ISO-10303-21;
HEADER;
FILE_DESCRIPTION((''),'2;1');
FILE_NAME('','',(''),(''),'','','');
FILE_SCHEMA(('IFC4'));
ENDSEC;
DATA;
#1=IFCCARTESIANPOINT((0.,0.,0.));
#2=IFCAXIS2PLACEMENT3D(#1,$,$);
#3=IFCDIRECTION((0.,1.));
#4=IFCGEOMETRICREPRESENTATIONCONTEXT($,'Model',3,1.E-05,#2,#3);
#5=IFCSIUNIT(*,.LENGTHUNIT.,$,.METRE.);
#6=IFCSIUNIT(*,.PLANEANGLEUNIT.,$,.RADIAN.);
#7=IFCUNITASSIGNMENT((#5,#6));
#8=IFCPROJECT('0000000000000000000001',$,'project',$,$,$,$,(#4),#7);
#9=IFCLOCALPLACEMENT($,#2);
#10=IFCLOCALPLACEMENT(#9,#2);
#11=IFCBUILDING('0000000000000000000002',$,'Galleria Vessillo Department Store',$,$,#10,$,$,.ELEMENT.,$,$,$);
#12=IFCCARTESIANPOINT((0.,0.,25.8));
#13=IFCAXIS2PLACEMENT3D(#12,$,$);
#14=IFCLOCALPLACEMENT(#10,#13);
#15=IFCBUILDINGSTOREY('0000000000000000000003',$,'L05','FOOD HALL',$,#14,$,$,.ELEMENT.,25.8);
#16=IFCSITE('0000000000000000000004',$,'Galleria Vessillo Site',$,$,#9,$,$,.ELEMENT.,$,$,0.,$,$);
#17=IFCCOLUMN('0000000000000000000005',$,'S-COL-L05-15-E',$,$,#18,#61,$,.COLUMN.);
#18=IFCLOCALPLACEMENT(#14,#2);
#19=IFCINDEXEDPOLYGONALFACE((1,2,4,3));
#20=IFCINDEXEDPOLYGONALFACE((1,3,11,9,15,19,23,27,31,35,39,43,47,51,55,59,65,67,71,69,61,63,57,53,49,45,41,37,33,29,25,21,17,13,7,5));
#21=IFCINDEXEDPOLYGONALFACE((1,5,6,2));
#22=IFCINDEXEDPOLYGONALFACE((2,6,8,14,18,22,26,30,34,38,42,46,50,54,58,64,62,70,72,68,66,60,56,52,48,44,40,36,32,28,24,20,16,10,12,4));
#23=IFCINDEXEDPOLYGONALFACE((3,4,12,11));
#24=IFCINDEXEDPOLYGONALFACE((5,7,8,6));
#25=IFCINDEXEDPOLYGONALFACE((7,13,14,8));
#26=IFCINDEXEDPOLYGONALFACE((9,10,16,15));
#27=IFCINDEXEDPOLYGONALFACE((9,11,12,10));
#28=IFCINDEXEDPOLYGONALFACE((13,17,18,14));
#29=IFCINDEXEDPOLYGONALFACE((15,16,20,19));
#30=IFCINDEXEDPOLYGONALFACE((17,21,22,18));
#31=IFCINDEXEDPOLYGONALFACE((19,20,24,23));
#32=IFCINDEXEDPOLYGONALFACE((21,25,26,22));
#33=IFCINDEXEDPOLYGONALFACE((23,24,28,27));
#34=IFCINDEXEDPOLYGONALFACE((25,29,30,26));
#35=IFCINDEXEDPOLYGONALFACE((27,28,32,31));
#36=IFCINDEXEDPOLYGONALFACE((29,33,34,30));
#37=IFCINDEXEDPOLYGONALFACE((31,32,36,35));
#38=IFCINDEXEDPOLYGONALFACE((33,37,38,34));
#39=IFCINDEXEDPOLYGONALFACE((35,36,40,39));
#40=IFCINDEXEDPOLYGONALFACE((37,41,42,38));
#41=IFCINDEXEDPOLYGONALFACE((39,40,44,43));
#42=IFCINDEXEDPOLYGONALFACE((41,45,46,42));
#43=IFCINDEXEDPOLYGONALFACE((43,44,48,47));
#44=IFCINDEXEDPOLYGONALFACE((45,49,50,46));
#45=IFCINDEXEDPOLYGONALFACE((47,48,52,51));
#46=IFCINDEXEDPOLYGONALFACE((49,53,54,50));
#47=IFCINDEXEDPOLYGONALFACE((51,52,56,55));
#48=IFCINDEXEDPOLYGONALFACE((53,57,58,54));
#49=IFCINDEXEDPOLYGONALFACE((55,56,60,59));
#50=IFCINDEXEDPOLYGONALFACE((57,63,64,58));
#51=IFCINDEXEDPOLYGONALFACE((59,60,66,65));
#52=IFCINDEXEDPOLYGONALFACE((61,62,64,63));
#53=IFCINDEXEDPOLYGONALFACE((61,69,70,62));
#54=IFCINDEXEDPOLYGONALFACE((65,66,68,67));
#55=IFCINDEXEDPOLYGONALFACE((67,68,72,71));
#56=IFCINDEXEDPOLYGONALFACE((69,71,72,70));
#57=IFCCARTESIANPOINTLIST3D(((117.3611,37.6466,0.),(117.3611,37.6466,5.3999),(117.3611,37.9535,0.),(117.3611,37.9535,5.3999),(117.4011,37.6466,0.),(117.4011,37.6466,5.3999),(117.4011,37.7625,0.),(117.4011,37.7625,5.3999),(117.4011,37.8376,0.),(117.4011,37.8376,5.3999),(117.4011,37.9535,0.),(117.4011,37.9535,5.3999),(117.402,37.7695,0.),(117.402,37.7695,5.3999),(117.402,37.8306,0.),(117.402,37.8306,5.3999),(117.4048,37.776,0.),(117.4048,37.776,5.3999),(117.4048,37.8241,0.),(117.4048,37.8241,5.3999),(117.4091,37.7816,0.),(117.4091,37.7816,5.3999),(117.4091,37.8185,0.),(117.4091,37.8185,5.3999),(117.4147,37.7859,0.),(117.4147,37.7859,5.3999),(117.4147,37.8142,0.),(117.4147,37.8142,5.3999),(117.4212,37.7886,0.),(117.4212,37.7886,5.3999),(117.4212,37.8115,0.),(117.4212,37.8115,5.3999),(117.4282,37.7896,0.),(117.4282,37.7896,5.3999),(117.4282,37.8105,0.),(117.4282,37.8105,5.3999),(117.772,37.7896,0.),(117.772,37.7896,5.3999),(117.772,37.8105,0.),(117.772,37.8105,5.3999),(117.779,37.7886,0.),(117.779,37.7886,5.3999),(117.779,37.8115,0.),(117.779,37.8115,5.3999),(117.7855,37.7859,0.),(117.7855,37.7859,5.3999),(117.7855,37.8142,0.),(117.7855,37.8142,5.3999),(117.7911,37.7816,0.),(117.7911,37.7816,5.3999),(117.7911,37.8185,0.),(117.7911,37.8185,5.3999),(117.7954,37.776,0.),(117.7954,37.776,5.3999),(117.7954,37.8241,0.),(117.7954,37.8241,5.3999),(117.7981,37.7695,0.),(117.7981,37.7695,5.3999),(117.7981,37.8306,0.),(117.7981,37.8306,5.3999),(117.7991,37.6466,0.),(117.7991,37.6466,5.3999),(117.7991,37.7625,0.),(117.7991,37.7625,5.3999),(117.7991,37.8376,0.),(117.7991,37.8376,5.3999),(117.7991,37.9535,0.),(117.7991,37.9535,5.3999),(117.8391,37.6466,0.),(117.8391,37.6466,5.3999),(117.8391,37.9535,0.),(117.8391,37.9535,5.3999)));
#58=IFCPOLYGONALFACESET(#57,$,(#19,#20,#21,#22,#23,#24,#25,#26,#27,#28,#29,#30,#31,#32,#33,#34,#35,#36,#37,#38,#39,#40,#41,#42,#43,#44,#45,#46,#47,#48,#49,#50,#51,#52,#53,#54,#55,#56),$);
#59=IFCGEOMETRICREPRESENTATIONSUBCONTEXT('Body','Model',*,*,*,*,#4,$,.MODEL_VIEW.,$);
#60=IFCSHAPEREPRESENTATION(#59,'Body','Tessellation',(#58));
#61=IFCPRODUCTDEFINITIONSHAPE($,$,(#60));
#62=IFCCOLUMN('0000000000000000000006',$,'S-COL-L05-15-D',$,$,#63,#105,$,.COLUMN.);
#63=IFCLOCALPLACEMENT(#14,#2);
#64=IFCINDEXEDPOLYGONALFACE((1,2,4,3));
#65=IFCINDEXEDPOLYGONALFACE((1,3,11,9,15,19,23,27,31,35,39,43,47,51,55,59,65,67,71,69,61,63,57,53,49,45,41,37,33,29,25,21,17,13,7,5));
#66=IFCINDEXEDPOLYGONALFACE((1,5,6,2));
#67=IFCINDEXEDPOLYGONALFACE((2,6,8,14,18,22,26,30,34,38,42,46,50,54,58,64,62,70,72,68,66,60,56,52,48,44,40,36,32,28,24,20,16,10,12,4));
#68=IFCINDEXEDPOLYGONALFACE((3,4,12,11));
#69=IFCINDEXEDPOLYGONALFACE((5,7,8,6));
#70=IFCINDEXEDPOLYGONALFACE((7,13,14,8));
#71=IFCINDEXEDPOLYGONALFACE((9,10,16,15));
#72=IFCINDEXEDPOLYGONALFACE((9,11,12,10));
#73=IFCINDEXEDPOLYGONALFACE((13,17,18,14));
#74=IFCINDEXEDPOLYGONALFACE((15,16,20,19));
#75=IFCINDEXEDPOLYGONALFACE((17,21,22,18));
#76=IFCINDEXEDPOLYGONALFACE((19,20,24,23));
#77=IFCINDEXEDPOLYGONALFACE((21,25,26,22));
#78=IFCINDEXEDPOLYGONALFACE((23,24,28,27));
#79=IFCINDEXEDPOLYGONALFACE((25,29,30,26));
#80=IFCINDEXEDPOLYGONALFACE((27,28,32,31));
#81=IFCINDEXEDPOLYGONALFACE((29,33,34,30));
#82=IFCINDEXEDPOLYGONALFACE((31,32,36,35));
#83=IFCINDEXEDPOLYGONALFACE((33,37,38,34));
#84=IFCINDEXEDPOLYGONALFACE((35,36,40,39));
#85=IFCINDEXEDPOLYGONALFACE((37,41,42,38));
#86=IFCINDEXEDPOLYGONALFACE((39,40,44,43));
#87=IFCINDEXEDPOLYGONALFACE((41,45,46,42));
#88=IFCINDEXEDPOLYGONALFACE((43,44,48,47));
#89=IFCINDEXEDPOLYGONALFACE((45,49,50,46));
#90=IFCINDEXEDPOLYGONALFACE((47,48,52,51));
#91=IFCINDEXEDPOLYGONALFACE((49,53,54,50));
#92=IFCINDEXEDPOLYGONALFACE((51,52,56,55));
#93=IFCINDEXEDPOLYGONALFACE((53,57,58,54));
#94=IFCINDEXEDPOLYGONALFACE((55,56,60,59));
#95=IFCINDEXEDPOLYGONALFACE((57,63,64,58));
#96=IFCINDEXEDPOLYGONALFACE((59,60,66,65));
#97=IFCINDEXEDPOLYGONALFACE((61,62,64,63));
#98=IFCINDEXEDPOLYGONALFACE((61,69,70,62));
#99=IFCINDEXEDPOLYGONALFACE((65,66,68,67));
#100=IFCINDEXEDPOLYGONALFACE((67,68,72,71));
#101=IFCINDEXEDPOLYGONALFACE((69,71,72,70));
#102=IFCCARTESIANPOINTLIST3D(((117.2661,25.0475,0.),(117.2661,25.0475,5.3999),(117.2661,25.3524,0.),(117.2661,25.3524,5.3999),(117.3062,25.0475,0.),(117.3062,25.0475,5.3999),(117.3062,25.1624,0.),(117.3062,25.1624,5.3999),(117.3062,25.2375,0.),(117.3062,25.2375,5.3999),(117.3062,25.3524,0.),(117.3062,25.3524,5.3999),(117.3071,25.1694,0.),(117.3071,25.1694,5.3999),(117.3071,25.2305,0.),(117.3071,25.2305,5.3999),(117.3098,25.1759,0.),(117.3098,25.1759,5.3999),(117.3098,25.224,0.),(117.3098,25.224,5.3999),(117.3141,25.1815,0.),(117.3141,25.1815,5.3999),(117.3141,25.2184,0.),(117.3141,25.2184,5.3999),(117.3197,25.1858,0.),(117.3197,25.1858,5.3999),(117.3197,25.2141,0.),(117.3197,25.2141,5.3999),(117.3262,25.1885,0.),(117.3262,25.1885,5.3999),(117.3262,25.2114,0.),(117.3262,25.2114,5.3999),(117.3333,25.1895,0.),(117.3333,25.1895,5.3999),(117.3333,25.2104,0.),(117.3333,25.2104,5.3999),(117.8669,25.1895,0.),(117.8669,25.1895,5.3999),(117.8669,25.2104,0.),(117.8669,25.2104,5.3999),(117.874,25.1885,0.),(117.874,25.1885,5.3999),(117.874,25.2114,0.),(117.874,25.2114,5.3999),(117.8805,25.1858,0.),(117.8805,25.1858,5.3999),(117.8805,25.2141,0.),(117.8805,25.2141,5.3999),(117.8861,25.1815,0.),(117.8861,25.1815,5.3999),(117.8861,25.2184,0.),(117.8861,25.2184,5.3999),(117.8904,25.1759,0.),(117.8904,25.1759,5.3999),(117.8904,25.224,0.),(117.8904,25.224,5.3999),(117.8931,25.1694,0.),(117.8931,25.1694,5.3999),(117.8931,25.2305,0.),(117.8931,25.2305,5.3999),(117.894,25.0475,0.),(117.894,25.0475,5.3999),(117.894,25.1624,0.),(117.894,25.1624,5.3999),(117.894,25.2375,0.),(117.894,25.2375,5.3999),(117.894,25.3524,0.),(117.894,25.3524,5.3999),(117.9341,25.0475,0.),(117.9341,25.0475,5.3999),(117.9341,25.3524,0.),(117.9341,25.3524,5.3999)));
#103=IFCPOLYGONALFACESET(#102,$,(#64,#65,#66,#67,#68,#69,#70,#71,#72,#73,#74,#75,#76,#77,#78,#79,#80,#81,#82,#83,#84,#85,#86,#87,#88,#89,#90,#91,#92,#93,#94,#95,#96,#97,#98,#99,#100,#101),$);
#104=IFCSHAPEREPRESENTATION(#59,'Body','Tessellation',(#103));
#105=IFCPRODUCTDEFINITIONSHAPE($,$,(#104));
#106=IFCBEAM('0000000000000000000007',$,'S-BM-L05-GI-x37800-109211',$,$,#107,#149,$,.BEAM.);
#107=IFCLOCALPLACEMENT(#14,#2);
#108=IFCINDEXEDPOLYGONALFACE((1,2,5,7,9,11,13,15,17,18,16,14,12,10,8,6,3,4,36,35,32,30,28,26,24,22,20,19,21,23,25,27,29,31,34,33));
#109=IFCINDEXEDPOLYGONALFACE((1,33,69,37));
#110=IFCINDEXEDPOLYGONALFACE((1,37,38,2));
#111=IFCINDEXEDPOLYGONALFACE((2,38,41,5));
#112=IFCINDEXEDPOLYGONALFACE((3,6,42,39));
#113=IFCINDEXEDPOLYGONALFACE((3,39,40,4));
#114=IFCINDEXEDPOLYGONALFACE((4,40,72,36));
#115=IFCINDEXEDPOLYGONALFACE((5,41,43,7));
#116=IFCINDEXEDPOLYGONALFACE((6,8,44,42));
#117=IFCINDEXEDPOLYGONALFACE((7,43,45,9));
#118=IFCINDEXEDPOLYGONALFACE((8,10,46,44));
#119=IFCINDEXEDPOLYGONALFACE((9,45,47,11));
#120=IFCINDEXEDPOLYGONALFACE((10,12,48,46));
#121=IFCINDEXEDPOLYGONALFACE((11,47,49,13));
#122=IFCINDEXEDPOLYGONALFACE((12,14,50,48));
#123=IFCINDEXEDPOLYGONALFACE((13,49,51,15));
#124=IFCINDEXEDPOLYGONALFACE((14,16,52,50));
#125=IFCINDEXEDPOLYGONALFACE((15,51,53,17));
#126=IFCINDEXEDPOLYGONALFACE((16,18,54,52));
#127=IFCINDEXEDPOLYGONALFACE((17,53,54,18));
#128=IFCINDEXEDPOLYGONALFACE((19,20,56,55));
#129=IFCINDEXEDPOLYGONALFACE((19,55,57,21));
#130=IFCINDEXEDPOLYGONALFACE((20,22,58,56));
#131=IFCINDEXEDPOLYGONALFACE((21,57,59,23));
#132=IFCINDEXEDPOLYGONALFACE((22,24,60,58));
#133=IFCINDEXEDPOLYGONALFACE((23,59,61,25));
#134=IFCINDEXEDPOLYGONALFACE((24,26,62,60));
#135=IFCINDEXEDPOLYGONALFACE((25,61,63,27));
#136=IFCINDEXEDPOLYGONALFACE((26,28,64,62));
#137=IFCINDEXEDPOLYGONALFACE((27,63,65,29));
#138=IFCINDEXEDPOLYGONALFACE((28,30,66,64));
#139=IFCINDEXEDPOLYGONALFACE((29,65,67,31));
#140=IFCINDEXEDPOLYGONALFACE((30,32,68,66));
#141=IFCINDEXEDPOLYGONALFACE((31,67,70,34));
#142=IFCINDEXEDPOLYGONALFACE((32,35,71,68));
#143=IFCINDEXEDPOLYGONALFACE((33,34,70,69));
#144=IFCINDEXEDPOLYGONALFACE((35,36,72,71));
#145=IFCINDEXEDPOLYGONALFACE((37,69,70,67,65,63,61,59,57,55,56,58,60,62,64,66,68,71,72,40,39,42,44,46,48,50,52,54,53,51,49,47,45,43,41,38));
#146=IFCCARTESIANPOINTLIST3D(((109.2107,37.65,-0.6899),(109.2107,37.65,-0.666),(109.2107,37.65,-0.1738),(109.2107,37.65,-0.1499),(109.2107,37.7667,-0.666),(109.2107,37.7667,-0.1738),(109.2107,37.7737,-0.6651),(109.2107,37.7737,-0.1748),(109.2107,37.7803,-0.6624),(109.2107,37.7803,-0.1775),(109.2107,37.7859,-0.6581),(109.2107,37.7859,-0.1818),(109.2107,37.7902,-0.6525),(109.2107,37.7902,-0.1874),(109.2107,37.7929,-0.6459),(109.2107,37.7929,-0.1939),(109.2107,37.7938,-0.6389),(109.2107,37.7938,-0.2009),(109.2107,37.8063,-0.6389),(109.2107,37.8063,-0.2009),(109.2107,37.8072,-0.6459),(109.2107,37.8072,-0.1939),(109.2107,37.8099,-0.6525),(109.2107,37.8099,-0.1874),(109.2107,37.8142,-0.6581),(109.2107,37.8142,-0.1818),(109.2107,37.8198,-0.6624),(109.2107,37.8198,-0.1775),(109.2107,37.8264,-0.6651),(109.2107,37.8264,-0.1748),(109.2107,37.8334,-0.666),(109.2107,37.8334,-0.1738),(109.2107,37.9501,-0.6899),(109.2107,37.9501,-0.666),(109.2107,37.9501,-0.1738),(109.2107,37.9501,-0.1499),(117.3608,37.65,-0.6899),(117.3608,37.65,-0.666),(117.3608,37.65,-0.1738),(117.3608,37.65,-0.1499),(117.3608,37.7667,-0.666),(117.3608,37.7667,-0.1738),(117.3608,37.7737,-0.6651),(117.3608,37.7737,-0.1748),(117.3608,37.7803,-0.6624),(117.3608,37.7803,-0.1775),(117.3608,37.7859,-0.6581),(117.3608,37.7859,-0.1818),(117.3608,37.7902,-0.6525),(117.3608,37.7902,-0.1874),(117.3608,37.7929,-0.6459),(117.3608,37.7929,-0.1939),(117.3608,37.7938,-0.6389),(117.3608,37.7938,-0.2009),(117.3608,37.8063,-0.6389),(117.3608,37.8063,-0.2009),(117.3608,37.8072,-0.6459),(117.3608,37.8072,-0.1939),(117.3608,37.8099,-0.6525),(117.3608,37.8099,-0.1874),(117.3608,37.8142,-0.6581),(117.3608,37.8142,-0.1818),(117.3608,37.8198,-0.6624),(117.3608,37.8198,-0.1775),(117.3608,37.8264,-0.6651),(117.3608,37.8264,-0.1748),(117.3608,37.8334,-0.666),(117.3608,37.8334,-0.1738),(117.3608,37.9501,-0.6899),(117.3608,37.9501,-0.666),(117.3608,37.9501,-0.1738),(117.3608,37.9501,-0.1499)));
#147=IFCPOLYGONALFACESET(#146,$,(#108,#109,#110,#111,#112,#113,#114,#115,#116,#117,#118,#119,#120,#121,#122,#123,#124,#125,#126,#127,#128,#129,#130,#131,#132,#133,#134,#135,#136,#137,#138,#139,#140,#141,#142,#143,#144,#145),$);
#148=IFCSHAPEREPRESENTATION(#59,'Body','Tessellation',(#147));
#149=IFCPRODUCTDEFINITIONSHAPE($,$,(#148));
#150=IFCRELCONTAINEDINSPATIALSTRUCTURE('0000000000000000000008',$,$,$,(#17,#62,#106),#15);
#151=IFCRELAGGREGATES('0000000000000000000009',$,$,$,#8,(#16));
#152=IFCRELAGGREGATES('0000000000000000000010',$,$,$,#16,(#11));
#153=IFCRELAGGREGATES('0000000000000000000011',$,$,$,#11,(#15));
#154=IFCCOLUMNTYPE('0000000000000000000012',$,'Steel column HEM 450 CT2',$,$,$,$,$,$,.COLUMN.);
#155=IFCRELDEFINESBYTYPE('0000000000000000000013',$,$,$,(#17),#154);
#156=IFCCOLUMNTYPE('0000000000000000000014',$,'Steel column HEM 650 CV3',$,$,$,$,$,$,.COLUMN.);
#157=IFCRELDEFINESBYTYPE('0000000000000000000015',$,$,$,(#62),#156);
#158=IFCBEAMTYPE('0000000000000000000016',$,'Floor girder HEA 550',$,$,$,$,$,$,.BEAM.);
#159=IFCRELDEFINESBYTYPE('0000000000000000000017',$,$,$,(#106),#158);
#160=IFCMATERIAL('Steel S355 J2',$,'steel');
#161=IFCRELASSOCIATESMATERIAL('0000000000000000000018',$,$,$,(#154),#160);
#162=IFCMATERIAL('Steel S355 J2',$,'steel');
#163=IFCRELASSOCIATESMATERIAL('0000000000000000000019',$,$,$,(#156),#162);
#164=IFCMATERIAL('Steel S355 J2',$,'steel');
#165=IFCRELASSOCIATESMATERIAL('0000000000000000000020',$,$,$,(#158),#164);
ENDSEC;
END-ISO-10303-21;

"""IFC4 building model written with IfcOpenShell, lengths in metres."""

from ifc_helpers import new_model, si_unit, direction, frame, origin, origin_2d, place, context, subcontext, project, spatial, i_section, extrude, material, material_profile, profile_set, type_object, element, save


model = new_model("IFC4")

# Units and contexts
model_context = context("Model", 3, precision=1e-05, world=origin(), true_north=direction((0.0, 1.0)))
body_context = subcontext(model_context, "Body", "Model", "MODEL_VIEW")
ifc_project = project(units=[si_unit("LENGTHUNIT", "METRE"), si_unit("PLANEANGLEUNIT", "RADIAN")], contexts=[model_context])

# Site, building, storey
site_placement = place(None, origin())
site = spatial("IfcSite", under=ifc_project, at=site_placement, Name="Galleria Vessillo Site", CompositionType="ELEMENT", RefElevation=0.0)
building_placement = place(site_placement, origin())
building = spatial("IfcBuilding", under=site, at=building_placement, Name="Galleria Vessillo Department Store", CompositionType="ELEMENT")
storey_placement = place(building_placement, frame((0.0, 0.0, 25.8)))
storey = spatial("IfcBuildingStorey", under=building, at=storey_placement, Name="L05", Description="FOOD HALL", CompositionType="ELEMENT", Elevation=25.8)

# Columns
ifc_material_1 = material(Name="Steel S355 J2", Category="steel")
ifc_material_profile_1 = material_profile(ifc_material_1, i_section(OverallWidth=0.3069, OverallDepth=0.478, WebThickness=0.021, FlangeThickness=0.04, FilletRadius=0.0271, at=origin_2d()), Name="HEM 450")
ifc_profile_set_1 = profile_set([ifc_material_profile_1], Name="Steel S355 J2")
column_type_1 = type_object("IfcColumnType", Name="Steel column HEM 450 CT2", PredefinedType="COLUMN", material=ifc_profile_set_1)
column_1_placement = place(storey_placement, frame((117.6001, 37.8, 0.0), z_axis=(0.0, 0.0, 1.0), x_axis=(0.0, 1.0, 0.0)))
element("IfcColumn", 1, at=column_1_placement, inside=storey, type_object=column_type_1, Name="S-COL-L05-15-E", PredefinedType="COLUMN", context=body_context, shape_type="SweptSolid", body=[
    extrude(i_section(OverallWidth=0.3069, OverallDepth=0.478, WebThickness=0.021, FlangeThickness=0.04, FilletRadius=0.0271, at=origin_2d()), origin(), (0.0, 0.0, 1.0), 5.3999),
])
ifc_material_2 = material(Name="Steel S355 J2", Category="steel")
ifc_material_profile_2 = material_profile(ifc_material_2, i_section(OverallWidth=0.3049, OverallDepth=0.668, WebThickness=0.021, FlangeThickness=0.04, FilletRadius=0.0271, at=origin_2d()), Name="HEM 650")
ifc_profile_set_2 = profile_set([ifc_material_profile_2], Name="Steel S355 J2")
column_type_2 = type_object("IfcColumnType", Name="Steel column HEM 650 CV3", PredefinedType="COLUMN", material=ifc_profile_set_2)
column_2_placement = place(storey_placement, frame((117.6001, 25.2, 0.0), z_axis=(0.0, 0.0, 1.0), x_axis=(0.0, 1.0, 0.0)))
element("IfcColumn", 2, at=column_2_placement, inside=storey, type_object=column_type_2, Name="S-COL-L05-15-D", PredefinedType="COLUMN", context=body_context, shape_type="SweptSolid", body=[
    extrude(i_section(OverallWidth=0.3049, OverallDepth=0.668, WebThickness=0.021, FlangeThickness=0.04, FilletRadius=0.0271, at=origin_2d()), origin(), (0.0, 0.0, 1.0), 5.3999),
])

# Beam
ifc_material_3 = material(Name="Steel S355 J2", Category="steel")
ifc_material_profile_3 = material_profile(ifc_material_3, i_section(OverallWidth=0.3, OverallDepth=0.54, WebThickness=0.0125, FlangeThickness=0.0239, FilletRadius=0.0271, at=origin_2d()), Name="HEA 550")
ifc_profile_set_3 = profile_set([ifc_material_profile_3], Name="Steel S355 J2")
beam_type_1 = type_object("IfcBeamType", Name="Floor girder HEA 550", PredefinedType="BEAM", material=ifc_profile_set_3)
beam_placement = place(storey_placement, frame((109.2107, 37.8, -0.4199), z_axis=(1.0, 0.0, 0.0), x_axis=(0.0, 1.0, 0.0)))
element("IfcBeam", 3, at=beam_placement, inside=storey, type_object=beam_type_1, Name="S-BM-L05-GI-x37800-109211", PredefinedType="BEAM", context=body_context, shape_type="SweptSolid", body=[
    extrude(i_section(OverallWidth=0.3, OverallDepth=0.54, WebThickness=0.0125, FlangeThickness=0.0239, FilletRadius=0.0271, at=origin_2d()), origin(), (0.0, 0.0, 1.0), 8.1501),
])

save(model, "model.ifc")
